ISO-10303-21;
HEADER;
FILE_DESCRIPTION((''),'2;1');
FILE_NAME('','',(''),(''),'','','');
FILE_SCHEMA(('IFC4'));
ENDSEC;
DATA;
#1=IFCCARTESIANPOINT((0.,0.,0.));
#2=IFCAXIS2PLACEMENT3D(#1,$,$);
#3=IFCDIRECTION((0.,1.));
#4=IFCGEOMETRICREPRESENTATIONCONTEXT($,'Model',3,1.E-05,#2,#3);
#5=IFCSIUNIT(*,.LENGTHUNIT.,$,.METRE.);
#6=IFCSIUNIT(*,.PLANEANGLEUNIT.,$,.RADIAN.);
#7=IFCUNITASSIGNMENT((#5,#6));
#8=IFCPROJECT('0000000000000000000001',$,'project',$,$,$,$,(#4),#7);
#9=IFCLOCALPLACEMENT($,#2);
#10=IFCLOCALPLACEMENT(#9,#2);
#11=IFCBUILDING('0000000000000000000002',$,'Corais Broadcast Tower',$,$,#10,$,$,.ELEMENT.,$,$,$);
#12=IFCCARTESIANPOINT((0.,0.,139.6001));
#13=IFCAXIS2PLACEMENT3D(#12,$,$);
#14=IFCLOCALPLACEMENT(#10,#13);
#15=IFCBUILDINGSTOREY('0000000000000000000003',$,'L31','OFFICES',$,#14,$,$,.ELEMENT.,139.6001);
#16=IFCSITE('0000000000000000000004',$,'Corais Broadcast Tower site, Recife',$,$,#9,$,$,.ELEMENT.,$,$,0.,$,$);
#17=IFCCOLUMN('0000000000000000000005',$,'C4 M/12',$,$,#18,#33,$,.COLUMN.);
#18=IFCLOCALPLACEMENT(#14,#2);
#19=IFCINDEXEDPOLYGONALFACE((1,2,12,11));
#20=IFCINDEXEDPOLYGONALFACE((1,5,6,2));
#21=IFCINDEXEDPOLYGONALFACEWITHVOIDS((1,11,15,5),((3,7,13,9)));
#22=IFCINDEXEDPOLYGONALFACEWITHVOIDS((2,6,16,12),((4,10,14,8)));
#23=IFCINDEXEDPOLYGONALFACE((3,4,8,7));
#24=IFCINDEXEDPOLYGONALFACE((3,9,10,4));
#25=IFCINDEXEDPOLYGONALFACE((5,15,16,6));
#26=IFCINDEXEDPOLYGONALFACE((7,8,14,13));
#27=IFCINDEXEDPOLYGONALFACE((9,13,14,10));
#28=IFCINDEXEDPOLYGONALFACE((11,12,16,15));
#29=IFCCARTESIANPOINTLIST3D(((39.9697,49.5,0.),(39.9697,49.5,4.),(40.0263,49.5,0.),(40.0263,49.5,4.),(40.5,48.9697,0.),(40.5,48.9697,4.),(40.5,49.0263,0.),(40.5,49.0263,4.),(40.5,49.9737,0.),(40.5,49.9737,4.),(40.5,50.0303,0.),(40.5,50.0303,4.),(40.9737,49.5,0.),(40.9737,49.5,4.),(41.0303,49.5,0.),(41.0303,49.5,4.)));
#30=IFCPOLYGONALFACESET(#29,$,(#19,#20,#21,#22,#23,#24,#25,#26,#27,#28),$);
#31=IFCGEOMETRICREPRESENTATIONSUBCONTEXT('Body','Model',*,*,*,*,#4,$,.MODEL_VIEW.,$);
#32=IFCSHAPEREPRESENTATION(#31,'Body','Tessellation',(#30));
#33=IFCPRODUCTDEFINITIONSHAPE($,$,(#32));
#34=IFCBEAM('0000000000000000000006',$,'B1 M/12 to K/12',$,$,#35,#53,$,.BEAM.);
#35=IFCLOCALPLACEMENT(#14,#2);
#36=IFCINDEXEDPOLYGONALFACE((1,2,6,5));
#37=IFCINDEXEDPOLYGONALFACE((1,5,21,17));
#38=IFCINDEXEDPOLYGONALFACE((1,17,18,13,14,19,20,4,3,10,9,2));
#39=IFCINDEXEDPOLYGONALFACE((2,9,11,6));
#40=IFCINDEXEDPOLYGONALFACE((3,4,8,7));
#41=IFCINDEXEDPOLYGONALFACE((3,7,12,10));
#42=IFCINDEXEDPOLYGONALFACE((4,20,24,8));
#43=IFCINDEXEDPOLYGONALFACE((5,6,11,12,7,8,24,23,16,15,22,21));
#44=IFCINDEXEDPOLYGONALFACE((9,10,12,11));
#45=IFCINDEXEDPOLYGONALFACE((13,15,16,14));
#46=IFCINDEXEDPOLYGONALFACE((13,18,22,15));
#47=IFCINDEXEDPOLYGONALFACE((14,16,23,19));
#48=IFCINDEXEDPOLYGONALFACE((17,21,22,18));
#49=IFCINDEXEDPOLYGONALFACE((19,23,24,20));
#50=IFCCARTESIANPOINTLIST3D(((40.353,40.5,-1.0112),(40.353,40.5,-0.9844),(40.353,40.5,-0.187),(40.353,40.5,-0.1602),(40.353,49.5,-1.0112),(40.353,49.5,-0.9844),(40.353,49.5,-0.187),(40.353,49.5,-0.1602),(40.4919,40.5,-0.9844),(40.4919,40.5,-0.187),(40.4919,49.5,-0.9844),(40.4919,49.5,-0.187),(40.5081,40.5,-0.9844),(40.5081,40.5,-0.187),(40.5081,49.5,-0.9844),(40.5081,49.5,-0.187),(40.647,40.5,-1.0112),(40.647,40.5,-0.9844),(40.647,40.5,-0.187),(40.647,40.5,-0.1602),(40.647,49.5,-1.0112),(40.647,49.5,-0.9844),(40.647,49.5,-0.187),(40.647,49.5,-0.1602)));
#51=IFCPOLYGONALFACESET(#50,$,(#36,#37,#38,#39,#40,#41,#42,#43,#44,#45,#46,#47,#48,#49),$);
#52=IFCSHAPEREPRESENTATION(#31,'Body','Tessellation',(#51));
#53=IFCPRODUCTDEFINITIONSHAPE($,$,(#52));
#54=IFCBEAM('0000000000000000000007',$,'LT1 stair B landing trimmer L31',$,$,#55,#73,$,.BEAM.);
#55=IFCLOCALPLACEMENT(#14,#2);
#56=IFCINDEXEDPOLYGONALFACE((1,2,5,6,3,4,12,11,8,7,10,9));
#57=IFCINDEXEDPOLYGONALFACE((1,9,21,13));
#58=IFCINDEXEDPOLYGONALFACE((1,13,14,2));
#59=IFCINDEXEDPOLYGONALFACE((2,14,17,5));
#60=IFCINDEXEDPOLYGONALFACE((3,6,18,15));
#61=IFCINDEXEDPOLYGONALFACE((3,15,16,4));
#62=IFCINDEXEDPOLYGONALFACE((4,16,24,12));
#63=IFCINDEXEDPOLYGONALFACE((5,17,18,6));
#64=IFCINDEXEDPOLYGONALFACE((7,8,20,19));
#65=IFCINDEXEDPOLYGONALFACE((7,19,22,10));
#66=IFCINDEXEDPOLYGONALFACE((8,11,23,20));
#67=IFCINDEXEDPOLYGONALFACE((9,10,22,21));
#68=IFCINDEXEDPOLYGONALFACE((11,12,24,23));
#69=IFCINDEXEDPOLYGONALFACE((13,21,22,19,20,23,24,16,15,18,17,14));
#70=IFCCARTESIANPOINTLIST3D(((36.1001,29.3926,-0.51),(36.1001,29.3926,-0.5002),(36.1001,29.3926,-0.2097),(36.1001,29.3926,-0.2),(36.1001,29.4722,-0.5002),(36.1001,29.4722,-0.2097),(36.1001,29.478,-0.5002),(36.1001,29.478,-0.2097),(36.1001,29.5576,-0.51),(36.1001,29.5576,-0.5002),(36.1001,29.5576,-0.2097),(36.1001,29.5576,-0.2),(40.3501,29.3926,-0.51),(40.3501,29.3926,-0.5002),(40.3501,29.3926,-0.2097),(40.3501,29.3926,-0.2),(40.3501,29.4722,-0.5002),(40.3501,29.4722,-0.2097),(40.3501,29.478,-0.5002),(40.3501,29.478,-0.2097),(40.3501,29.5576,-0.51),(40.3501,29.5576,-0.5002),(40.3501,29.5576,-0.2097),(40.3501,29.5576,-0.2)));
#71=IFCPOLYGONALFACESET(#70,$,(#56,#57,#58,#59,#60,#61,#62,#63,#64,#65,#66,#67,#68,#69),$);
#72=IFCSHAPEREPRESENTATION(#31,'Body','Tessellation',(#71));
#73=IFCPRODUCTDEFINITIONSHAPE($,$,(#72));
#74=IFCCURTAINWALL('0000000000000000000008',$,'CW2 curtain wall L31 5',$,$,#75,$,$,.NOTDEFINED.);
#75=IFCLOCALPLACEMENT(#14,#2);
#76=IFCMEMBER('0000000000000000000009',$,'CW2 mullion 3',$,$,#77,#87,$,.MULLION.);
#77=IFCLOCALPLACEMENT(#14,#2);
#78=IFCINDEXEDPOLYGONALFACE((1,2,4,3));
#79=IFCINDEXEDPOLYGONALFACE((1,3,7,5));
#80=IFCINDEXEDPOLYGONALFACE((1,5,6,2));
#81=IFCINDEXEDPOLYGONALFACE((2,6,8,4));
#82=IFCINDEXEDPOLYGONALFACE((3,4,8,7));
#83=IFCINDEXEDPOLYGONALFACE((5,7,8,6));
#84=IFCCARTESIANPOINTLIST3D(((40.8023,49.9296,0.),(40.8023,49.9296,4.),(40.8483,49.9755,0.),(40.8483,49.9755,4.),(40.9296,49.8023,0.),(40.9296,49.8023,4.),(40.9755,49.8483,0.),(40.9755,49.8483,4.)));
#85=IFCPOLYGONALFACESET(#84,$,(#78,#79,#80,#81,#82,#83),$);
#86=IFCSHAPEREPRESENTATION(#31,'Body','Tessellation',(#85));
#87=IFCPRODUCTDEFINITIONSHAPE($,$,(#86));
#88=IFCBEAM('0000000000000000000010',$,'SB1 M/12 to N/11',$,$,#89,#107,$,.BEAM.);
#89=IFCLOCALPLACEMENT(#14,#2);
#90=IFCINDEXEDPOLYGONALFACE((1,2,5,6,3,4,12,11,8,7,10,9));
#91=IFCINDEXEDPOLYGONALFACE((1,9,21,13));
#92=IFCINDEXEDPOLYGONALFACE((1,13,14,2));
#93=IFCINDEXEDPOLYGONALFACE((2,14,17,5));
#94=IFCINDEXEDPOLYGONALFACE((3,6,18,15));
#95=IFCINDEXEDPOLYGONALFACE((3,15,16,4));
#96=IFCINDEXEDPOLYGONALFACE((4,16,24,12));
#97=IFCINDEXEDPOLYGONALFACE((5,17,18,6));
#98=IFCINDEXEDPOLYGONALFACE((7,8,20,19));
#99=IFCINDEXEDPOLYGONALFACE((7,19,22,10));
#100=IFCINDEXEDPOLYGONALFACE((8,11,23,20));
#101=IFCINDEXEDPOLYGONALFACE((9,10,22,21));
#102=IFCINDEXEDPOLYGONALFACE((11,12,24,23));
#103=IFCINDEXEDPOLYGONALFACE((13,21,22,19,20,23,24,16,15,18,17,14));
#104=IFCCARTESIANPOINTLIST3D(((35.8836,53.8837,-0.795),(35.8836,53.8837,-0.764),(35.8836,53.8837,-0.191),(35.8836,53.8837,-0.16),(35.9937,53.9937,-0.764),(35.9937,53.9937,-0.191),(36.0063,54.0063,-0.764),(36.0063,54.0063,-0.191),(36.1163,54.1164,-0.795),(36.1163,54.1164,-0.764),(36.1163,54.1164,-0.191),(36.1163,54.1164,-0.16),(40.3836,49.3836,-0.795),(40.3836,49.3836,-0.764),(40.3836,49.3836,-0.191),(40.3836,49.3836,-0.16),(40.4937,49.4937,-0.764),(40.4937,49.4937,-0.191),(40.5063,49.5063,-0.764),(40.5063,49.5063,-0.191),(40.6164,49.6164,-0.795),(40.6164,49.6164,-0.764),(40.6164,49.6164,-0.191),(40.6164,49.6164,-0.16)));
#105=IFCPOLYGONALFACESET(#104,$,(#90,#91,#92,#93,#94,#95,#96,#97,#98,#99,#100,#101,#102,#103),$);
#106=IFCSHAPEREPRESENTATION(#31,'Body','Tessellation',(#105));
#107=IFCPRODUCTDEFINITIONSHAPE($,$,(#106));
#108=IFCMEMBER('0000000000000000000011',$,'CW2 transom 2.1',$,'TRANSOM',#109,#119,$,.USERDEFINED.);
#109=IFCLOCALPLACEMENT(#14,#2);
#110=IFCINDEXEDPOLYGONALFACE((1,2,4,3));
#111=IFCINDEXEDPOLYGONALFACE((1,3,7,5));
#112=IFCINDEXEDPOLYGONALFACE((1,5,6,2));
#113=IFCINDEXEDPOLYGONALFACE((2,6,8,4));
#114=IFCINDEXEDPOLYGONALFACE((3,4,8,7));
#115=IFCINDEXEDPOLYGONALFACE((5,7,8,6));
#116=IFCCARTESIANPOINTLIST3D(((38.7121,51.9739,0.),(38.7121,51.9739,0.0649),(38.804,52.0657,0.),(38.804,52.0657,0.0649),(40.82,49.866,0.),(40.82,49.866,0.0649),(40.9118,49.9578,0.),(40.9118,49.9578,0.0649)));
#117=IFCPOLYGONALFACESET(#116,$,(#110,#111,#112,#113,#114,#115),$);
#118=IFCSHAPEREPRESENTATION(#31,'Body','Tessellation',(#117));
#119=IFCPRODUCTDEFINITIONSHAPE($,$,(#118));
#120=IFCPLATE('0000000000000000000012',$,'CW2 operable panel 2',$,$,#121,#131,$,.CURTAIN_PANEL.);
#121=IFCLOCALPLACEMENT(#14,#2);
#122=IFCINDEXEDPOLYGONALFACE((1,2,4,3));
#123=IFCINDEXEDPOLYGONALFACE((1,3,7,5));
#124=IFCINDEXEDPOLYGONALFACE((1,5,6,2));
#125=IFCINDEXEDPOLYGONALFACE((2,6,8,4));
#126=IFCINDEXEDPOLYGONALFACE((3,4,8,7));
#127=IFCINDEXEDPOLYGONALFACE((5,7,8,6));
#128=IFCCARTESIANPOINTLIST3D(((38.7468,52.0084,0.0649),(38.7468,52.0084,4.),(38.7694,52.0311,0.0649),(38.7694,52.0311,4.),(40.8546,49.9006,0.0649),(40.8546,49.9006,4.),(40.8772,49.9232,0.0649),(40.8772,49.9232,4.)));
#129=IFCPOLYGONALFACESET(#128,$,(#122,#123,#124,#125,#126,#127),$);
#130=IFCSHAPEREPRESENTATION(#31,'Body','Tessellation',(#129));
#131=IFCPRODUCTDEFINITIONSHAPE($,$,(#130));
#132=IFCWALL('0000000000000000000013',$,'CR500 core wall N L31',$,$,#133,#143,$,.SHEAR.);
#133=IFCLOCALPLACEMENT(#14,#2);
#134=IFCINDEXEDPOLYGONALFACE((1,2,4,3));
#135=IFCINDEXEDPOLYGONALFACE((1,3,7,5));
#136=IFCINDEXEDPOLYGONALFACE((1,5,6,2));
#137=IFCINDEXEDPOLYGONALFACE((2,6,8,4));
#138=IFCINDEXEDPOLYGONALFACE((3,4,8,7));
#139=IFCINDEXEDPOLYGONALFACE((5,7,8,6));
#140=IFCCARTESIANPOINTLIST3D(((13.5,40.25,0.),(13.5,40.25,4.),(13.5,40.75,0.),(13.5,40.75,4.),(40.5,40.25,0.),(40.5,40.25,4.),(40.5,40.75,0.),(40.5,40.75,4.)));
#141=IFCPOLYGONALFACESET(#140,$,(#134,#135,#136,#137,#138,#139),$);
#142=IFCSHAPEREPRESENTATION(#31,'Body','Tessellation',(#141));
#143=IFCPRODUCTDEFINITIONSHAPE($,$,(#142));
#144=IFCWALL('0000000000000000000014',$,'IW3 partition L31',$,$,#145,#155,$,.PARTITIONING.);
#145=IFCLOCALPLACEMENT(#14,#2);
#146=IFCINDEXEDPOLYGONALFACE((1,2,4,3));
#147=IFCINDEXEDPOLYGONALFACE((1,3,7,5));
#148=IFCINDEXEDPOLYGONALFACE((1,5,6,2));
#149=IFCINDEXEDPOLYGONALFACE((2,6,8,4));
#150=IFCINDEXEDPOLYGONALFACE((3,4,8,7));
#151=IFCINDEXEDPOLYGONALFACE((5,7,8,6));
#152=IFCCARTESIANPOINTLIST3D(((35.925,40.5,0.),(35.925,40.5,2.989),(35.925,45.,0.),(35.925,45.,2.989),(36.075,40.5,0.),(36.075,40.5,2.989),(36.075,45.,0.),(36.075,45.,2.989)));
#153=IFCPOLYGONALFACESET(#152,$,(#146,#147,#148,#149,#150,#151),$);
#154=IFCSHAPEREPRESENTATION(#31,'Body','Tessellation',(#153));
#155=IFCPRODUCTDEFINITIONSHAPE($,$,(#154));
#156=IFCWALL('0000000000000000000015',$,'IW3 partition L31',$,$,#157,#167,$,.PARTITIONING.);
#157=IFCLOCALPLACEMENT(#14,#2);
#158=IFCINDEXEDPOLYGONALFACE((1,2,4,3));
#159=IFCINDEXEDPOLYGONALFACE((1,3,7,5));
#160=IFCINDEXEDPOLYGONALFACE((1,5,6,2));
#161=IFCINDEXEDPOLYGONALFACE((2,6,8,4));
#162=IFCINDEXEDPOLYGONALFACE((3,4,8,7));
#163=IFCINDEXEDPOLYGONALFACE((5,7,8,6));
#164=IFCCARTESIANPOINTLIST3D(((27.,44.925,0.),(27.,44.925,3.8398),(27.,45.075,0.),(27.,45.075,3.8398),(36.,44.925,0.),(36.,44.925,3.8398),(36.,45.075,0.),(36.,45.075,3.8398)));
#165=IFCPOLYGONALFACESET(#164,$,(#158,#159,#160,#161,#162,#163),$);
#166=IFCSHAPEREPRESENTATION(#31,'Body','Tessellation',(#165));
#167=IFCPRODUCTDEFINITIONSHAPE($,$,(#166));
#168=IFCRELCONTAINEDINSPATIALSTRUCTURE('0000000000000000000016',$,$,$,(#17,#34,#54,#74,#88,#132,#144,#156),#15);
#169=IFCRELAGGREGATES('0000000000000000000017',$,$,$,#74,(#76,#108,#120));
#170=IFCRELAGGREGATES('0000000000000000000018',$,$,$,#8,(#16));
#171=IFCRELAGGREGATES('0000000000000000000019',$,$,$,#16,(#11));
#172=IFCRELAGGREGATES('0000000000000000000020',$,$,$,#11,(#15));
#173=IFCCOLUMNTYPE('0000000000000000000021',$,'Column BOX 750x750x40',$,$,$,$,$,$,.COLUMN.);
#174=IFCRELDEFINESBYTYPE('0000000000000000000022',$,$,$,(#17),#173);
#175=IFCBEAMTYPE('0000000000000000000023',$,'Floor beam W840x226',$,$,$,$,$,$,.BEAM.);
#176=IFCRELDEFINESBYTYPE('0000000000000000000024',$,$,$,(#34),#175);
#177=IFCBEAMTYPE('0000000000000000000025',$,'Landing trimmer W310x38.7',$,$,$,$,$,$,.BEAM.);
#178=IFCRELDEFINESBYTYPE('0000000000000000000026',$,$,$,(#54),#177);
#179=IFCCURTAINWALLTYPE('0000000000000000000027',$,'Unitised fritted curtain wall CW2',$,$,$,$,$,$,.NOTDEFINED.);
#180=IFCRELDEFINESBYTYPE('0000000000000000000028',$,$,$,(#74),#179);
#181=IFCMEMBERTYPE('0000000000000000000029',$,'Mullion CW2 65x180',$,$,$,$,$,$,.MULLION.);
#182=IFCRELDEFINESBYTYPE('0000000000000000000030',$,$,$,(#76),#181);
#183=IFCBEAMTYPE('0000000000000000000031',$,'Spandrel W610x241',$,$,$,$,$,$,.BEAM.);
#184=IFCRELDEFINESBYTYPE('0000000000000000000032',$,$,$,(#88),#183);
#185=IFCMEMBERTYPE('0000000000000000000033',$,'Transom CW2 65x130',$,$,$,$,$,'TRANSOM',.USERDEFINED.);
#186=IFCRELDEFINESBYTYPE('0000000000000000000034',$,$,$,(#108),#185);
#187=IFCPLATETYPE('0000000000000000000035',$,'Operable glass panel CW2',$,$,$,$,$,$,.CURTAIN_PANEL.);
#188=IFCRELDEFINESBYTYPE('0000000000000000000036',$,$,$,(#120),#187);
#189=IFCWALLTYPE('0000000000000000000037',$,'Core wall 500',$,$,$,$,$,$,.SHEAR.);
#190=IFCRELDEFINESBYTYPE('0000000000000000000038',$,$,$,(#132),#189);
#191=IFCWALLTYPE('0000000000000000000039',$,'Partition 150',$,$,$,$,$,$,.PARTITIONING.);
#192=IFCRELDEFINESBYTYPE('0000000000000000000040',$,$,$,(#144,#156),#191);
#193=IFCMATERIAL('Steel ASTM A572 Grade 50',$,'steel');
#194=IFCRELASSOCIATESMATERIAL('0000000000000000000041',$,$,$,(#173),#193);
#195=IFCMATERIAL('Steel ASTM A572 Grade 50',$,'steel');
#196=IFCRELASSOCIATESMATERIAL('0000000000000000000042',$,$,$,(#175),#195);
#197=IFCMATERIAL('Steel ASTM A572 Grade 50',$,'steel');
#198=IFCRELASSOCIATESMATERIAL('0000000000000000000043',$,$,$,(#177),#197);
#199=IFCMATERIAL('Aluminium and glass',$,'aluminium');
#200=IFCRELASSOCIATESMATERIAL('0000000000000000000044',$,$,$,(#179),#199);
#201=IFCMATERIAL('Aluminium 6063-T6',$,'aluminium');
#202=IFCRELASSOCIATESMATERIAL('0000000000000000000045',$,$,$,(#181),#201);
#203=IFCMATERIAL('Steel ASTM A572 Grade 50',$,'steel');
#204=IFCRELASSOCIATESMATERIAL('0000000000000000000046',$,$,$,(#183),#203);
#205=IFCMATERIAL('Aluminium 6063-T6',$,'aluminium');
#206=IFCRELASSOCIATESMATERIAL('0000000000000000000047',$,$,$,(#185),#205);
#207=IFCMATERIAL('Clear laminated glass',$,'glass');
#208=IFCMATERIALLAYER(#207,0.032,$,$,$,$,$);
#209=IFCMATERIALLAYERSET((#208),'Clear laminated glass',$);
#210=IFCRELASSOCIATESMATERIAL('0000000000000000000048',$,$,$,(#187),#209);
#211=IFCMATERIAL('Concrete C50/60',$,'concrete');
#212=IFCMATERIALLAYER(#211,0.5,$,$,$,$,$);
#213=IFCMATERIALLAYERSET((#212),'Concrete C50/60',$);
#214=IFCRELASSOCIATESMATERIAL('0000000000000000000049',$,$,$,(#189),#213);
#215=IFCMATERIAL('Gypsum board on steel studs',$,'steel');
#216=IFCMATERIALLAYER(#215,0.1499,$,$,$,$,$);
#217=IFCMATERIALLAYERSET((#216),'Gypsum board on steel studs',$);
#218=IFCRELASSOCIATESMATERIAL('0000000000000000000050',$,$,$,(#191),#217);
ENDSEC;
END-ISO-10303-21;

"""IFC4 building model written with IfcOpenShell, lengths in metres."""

from ifc_helpers import new_model, si_unit, direction, frame, frame_2d, origin, origin_2d, place, context, subcontext, project, spatial, rectangle, hollow_rectangle, i_section, extrude, material, layer, layer_set, material_profile, profile_set, type_object, element, aggregate, save


model = new_model("IFC4")

# Units and contexts
model_context = context("Model", 3, precision=1e-05, world=origin(), true_north=direction((0.0, 1.0)))
body_context = subcontext(model_context, "Body", "Model", "MODEL_VIEW")
ifc_project = project(units=[si_unit("LENGTHUNIT", "METRE"), si_unit("PLANEANGLEUNIT", "RADIAN")], contexts=[model_context])

# Site, building, storey
site_placement = place(None, origin())
site = spatial("IfcSite", under=ifc_project, at=site_placement, Name="Corais Broadcast Tower site, Recife", CompositionType="ELEMENT", RefElevation=0.0)
building_placement = place(site_placement, origin())
building = spatial("IfcBuilding", under=site, at=building_placement, Name="Corais Broadcast Tower", CompositionType="ELEMENT")
storey_placement = place(building_placement, frame((0.0, 0.0, 139.6001)))
storey = spatial("IfcBuildingStorey", under=building, at=storey_placement, Name="L31", Description="OFFICES", CompositionType="ELEMENT", Elevation=139.6001)

# Column
ifc_material_1 = material(Name="Steel ASTM A572 Grade 50", Category="steel")
ifc_material_profile_1 = material_profile(ifc_material_1, hollow_rectangle(XDim=0.75, YDim=0.75, WallThickness=0.04, at=origin_2d()), Name="BOX 750x750x40")
ifc_profile_set_1 = profile_set([ifc_material_profile_1], Name="Steel ASTM A572 Grade 50")
column_type = type_object("IfcColumnType", Name="Column BOX 750x750x40", PredefinedType="COLUMN", material=ifc_profile_set_1)
column_placement = place(storey_placement, frame((40.5, 49.5, 0.0), z_axis=(0.0, 0.0, 1.0), x_axis=(0.707107, 0.707107, 0.0)))
element("IfcColumn", 1, at=column_placement, inside=storey, type_object=column_type, Name="C4 M/12", PredefinedType="COLUMN", context=body_context, shape_type="SweptSolid", body=[
    extrude(hollow_rectangle(XDim=0.75, YDim=0.75, WallThickness=0.04, at=origin_2d()), origin(), (0.0, 0.0, 1.0), 4.0),
])

# Beams
ifc_material_2 = material(Name="Steel ASTM A572 Grade 50", Category="steel")
ifc_material_profile_2 = material_profile(ifc_material_2, i_section(OverallWidth=0.2939, OverallDepth=0.8511, WebThickness=0.0161, FlangeThickness=0.0269, at=origin_2d()), Name="W840x226")
ifc_profile_set_2 = profile_set([ifc_material_profile_2], Name="Steel ASTM A572 Grade 50")
beam_type_1 = type_object("IfcBeamType", Name="Floor beam W840x226", PredefinedType="BEAM", material=ifc_profile_set_2)
beam_1_placement = place(storey_placement, frame((40.5, 49.5, -0.5857), z_axis=(0.0, -1.0, 0.0), x_axis=(1.0, 0.0, 0.0)))
element("IfcBeam", 2, at=beam_1_placement, inside=storey, type_object=beam_type_1, Name="B1 M/12 to K/12", PredefinedType="BEAM", context=body_context, shape_type="SweptSolid", body=[
    extrude(i_section(OverallWidth=0.2939, OverallDepth=0.8511, WebThickness=0.0161, FlangeThickness=0.0269, at=origin_2d()), origin(), (0.0, 0.0, 1.0), 9.0),
])
ifc_material_3 = material(Name="Steel ASTM A572 Grade 50", Category="steel")
ifc_material_profile_3 = material_profile(ifc_material_3, i_section(OverallWidth=0.165, OverallDepth=0.3101, WebThickness=0.0059, FlangeThickness=0.0098, at=origin_2d()), Name="W310x38.7")
ifc_profile_set_3 = profile_set([ifc_material_profile_3], Name="Steel ASTM A572 Grade 50")
beam_type_2 = type_object("IfcBeamType", Name="Landing trimmer W310x38.7", PredefinedType="BEAM", material=ifc_profile_set_3)
beam_2_placement = place(storey_placement, frame((36.1001, 29.4751, -0.355), z_axis=(1.0, 0.0, 0.0), x_axis=(0.0, 1.0, 0.0)))
element("IfcBeam", 3, at=beam_2_placement, inside=storey, type_object=beam_type_2, Name="LT1 stair B landing trimmer L31", PredefinedType="BEAM", context=body_context, shape_type="SweptSolid", body=[
    extrude(i_section(OverallWidth=0.165, OverallDepth=0.3101, WebThickness=0.0059, FlangeThickness=0.0098, at=origin_2d()), origin(), (0.0, 0.0, 1.0), 4.25),
])

# Curtain wall, member
ifc_material_4 = material(Name="Aluminium and glass", Category="aluminium")
curtain_wall_type = type_object("IfcCurtainWallType", Name="Unitised fritted curtain wall CW2", PredefinedType="NOTDEFINED", material=ifc_material_4)
curtain_wall_placement = place(storey_placement, origin())
curtain_wall = element("IfcCurtainWall", 4, at=curtain_wall_placement, inside=storey, type_object=curtain_wall_type, Name="CW2 curtain wall L31 5", PredefinedType="NOTDEFINED")
ifc_material_5 = material(Name="Aluminium 6063-T6", Category="aluminium")
ifc_material_profile_4 = material_profile(ifc_material_5, rectangle(XDim=0.0649, YDim=0.1799, at=origin_2d()), Name="Mullion CW2 65x180")
ifc_profile_set_4 = profile_set([ifc_material_profile_4], Name="Aluminium 6063-T6")
member_type_1 = type_object("IfcMemberType", Name="Mullion CW2 65x180", PredefinedType="MULLION", material=ifc_profile_set_4)
member_1_placement = place(storey_placement, frame((40.8889, 49.8889, 0.0), z_axis=(0.0, 0.0, 1.0), x_axis=(0.707107, 0.707107, 0.0)))
member_1 = element("IfcMember", 5, at=member_1_placement, type_object=member_type_1, Name="CW2 mullion 3", PredefinedType="MULLION", context=body_context, shape_type="SweptSolid", body=[
    extrude(rectangle(XDim=0.0649, YDim=0.1799, at=origin_2d()), origin(), (0.0, 0.0, 1.0), 4.0),
])

# Beam
ifc_material_6 = material(Name="Steel ASTM A572 Grade 50", Category="steel")
ifc_material_profile_5 = material_profile(ifc_material_6, i_section(OverallWidth=0.3291, OverallDepth=0.635, WebThickness=0.0178, FlangeThickness=0.031, at=origin_2d()), Name="W610x241")
ifc_profile_set_5 = profile_set([ifc_material_profile_5], Name="Steel ASTM A572 Grade 50")
beam_type_3 = type_object("IfcBeamType", Name="Spandrel W610x241", PredefinedType="BEAM", material=ifc_profile_set_5)
beam_3_placement = place(storey_placement, frame((40.5, 49.5, -0.4775), z_axis=(-0.707107, 0.707107, 0.0), x_axis=(-0.707107, -0.707107, 0.0)))
element("IfcBeam", 6, at=beam_3_placement, inside=storey, type_object=beam_type_3, Name="SB1 M/12 to N/11", PredefinedType="BEAM", context=body_context, shape_type="SweptSolid", body=[
    extrude(i_section(OverallWidth=0.3291, OverallDepth=0.635, WebThickness=0.0178, FlangeThickness=0.031, at=origin_2d()), origin(), (0.0, 0.0, 1.0), 6.364),
])

# Member
ifc_material_7 = material(Name="Aluminium 6063-T6", Category="aluminium")
ifc_material_profile_6 = material_profile(ifc_material_7, rectangle(XDim=0.1299, YDim=0.0649, at=origin_2d()), Name="Transom CW2 65x130")
ifc_profile_set_6 = profile_set([ifc_material_profile_6], Name="Aluminium 6063-T6")
member_type_2 = type_object("IfcMemberType", Name="Transom CW2 65x130", ElementType="TRANSOM", PredefinedType="USERDEFINED", material=ifc_profile_set_6)
member_2_placement = place(storey_placement, frame((38.7581, 52.0198, 0.0325), z_axis=(0.707107, -0.707107, 0.0), x_axis=(0.707107, 0.707107, 0.0)))
member_2 = element("IfcMember", 7, at=member_2_placement, type_object=member_type_2, Name="CW2 transom 2.1", ObjectType="TRANSOM", PredefinedType="USERDEFINED", context=body_context, shape_type="SweptSolid", body=[
    extrude(rectangle(XDim=0.1299, YDim=0.0649, at=origin_2d()), origin(), (0.0, 0.0, 1.0), 2.981),
])

# Plate
ifc_material_8 = material(Name="Clear laminated glass", Category="glass")
ifc_layer_1 = layer(ifc_material_8, 0.032)
ifc_layer_set_1 = layer_set([ifc_layer_1], Name="Clear laminated glass")
plate_type = type_object("IfcPlateType", Name="Operable glass panel CW2", PredefinedType="CURTAIN_PANEL", material=ifc_layer_set_1)
plate_placement = place(storey_placement, frame((39.812, 50.9658, 0.0649), z_axis=(0.0, 0.0, 1.0), x_axis=(0.707107, -0.707107, 0.0)))
plate = element("IfcPlate", 8, at=plate_placement, type_object=plate_type, Name="CW2 operable panel 2", PredefinedType="CURTAIN_PANEL", context=body_context, shape_type="SweptSolid", body=[
    extrude(rectangle(XDim=2.981, YDim=0.032, at=origin_2d()), origin(), (0.0, 0.0, 1.0), 3.9351),
])
aggregate(curtain_wall, [member_1, member_2, plate])

# Walls
ifc_material_9 = material(Name="Concrete C50/60", Category="concrete")
ifc_layer_2 = layer(ifc_material_9, 0.5)
ifc_layer_set_2 = layer_set([ifc_layer_2], Name="Concrete C50/60")
wall_type_1 = type_object("IfcWallType", Name="Core wall 500", PredefinedType="SHEAR", material=ifc_layer_set_2)
wall_1_placement = place(storey_placement, frame((40.5, 40.5, 0.0), z_axis=(0.0, 0.0, 1.0), x_axis=(-1.0, 0.0, 0.0)))
element("IfcWall", 9, at=wall_1_placement, inside=storey, type_object=wall_type_1, Name="CR500 core wall N L31", PredefinedType="SHEAR", context=body_context, shape_type="SweptSolid", body=[
    extrude(rectangle(XDim=27.0, YDim=0.5, at=frame_2d((13.5, 0.0))), origin(), (0.0, 0.0, 1.0), 4.0),
])
ifc_material_10 = material(Name="Gypsum board on steel studs", Category="steel")
ifc_layer_3 = layer(ifc_material_10, 0.1499)
ifc_layer_set_3 = layer_set([ifc_layer_3], Name="Gypsum board on steel studs")
wall_type_2 = type_object("IfcWallType", Name="Partition 150", PredefinedType="PARTITIONING", material=ifc_layer_set_3)
wall_2_placement = place(storey_placement, frame((36.0, 40.5, 0.0), z_axis=(0.0, 0.0, 1.0), x_axis=(0.0, 1.0, 0.0)))
element("IfcWall", 10, at=wall_2_placement, inside=storey, type_object=wall_type_2, Name="IW3 partition L31", PredefinedType="PARTITIONING", context=body_context, shape_type="SweptSolid", body=[
    extrude(rectangle(XDim=4.5, YDim=0.1499, at=frame_2d((2.25, 0.0))), origin(), (0.0, 0.0, 1.0), 2.989),
])
wall_3_placement = place(storey_placement, frame((36.0, 45.0, 0.0), z_axis=(0.0, 0.0, 1.0), x_axis=(-1.0, 0.0, 0.0)))
element("IfcWall", 11, at=wall_3_placement, inside=storey, type_object=wall_type_2, Name="IW3 partition L31", PredefinedType="PARTITIONING", context=body_context, shape_type="SweptSolid", body=[
    extrude(rectangle(XDim=9.0, YDim=0.1499, at=frame_2d((4.5, 0.0))), origin(), (0.0, 0.0, 1.0), 3.8398),
])

save(model, "model.ifc")
